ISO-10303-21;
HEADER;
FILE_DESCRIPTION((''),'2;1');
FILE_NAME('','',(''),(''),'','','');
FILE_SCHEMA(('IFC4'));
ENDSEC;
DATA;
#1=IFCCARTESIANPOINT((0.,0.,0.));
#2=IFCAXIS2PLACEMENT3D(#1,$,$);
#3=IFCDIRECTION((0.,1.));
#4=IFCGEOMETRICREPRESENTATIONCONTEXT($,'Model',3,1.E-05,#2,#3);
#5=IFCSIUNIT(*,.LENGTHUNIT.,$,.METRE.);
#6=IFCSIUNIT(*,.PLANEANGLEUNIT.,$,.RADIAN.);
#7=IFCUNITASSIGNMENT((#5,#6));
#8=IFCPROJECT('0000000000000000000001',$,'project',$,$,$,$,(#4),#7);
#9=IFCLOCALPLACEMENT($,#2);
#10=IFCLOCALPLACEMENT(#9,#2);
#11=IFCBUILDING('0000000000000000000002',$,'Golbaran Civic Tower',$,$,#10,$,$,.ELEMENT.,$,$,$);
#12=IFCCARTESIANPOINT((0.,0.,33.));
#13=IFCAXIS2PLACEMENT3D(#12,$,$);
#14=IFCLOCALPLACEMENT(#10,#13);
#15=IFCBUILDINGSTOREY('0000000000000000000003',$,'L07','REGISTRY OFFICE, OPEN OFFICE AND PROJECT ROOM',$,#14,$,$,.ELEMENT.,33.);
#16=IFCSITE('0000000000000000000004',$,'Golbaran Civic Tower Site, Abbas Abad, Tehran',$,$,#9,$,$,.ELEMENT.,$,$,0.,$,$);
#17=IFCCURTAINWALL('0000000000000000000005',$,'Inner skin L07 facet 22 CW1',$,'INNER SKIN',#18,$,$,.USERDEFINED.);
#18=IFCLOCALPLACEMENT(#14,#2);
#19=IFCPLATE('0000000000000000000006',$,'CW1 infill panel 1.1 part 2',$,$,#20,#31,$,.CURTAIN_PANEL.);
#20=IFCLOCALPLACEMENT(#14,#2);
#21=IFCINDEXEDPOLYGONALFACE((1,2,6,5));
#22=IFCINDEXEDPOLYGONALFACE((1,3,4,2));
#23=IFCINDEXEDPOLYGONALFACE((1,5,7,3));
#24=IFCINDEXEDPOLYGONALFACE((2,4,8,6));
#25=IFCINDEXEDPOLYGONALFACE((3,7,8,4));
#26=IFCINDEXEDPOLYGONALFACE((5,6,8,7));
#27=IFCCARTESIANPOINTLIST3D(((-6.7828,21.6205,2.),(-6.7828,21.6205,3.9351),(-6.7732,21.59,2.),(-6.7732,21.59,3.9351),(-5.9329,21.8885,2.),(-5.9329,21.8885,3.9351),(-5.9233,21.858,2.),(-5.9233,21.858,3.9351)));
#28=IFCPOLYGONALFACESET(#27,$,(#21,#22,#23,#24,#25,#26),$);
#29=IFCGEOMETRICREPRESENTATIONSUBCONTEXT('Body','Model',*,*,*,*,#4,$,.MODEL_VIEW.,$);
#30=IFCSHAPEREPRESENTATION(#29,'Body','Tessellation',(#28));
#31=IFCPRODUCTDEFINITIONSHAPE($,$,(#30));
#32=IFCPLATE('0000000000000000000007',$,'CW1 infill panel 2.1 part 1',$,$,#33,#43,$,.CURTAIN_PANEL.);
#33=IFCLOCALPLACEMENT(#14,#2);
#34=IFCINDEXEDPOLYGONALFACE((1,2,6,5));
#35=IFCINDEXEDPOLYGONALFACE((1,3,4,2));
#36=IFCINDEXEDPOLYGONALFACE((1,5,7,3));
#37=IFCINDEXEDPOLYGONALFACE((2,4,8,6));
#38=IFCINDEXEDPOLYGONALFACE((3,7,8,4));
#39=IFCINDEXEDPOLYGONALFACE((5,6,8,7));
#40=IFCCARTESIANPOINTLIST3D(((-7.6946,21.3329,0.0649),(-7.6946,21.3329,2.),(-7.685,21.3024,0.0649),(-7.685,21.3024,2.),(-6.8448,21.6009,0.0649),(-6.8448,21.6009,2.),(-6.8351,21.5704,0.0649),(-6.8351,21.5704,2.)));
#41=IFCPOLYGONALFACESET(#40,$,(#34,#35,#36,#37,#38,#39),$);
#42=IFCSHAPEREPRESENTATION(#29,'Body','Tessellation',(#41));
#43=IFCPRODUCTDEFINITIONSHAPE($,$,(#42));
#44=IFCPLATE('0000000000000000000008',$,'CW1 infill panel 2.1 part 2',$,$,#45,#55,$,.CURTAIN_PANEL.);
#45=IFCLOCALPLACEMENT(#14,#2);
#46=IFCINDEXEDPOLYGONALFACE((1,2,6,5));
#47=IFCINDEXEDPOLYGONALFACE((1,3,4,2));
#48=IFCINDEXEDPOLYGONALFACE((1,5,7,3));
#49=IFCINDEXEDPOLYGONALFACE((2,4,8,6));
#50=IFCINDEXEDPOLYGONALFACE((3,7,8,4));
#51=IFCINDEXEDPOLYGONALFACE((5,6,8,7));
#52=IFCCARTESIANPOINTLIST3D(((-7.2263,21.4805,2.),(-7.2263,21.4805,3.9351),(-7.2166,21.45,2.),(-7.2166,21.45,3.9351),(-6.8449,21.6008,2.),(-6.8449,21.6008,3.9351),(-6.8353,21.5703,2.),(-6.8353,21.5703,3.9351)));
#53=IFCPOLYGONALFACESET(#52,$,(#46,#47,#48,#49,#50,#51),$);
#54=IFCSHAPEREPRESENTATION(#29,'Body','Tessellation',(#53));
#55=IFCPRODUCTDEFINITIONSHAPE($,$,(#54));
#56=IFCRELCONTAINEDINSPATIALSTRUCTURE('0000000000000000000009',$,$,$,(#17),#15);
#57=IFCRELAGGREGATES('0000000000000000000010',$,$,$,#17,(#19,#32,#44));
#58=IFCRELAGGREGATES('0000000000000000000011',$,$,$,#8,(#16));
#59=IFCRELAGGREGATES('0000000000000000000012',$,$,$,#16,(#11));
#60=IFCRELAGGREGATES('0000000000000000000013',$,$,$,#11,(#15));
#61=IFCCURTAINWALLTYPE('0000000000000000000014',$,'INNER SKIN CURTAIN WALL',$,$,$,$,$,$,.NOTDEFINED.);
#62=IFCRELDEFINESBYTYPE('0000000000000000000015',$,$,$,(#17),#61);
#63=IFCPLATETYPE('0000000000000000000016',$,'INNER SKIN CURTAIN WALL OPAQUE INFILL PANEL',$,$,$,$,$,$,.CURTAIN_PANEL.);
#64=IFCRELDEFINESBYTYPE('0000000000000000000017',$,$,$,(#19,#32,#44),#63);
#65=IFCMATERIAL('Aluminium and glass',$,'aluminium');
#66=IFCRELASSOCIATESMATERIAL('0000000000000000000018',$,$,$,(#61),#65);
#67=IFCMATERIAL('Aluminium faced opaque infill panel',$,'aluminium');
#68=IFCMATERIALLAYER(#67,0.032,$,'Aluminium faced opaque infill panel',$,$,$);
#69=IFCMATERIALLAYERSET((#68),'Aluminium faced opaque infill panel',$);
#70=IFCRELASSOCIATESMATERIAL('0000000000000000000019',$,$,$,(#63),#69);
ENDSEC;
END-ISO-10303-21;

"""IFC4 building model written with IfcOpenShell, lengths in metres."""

from ifc_helpers import new_model, si_unit, direction, frame, origin, origin_2d, place, context, subcontext, project, spatial, rectangle, extrude, material, layer, layer_set, type_object, element, aggregate, save


model = new_model("IFC4")

# Units and contexts
model_context = context("Model", 3, precision=1e-05, world=origin(), true_north=direction((0.0, 1.0)))
body_context = subcontext(model_context, "Body", "Model", "MODEL_VIEW")
ifc_project = project(units=[si_unit("LENGTHUNIT", "METRE"), si_unit("PLANEANGLEUNIT", "RADIAN")], contexts=[model_context])

# Site, building, storey
site_placement = place(None, origin())
site = spatial("IfcSite", under=ifc_project, at=site_placement, Name="Golbaran Civic Tower Site, Abbas Abad, Tehran", CompositionType="ELEMENT", RefElevation=0.0)
building_placement = place(site_placement, origin())
building = spatial("IfcBuilding", under=site, at=building_placement, Name="Golbaran Civic Tower", CompositionType="ELEMENT")
storey_placement = place(building_placement, frame((0.0, 0.0, 33.0)))
storey = spatial("IfcBuildingStorey", under=building, at=storey_placement, Name="L07", Description="REGISTRY OFFICE, OPEN OFFICE AND PROJECT ROOM", CompositionType="ELEMENT", Elevation=33.0)

# Shared definitions
ifc_material_1 = material(Name="Aluminium and glass", Category="aluminium")
curtain_wall_type = type_object("IfcCurtainWallType", Name="INNER SKIN CURTAIN WALL", PredefinedType="NOTDEFINED", material=ifc_material_1)

# Curtain wall
curtain_wall_1_placement = place(storey_placement, origin())
curtain_wall_1 = element("IfcCurtainWall", 1, at=curtain_wall_1_placement, inside=storey, type_object=curtain_wall_type, Name="Inner skin L07 facet 22 CW1", ObjectType="INNER SKIN", PredefinedType="USERDEFINED")

# Plates
ifc_material_2 = material(Name="Aluminium faced opaque infill panel", Category="aluminium")
ifc_layer_1 = layer(ifc_material_2, 0.032, Name="Aluminium faced opaque infill panel")
ifc_layer_set_1 = layer_set([ifc_layer_1], Name="Aluminium faced opaque infill panel")
plate_type_1 = type_object("IfcPlateType", Name="INNER SKIN CURTAIN WALL OPAQUE INFILL PANEL", PredefinedType="CURTAIN_PANEL", material=ifc_layer_set_1)
plate_1_placement = place(storey_placement, frame((-6.353, 21.7393, 2.0), z_axis=(0.0, 0.0, 1.0), x_axis=(-0.953717, -0.300706, 0.0)))
plate_1 = element("IfcPlate", 2, at=plate_1_placement, type_object=plate_type_1, Name="CW1 infill panel 1.1 part 2", PredefinedType="CURTAIN_PANEL", context=body_context, shape_type="SweptSolid", body=[
    extrude(rectangle(XDim=0.8911, YDim=0.032, at=origin_2d()), origin(), (0.0, 0.0, 1.0), 1.9351),
])
plate_2_placement = place(storey_placement, frame((-7.2649, 21.4517, 0.0649), z_axis=(0.0, 0.0, 1.0), x_axis=(-0.953717, -0.300706, 0.0)))
plate_2 = element("IfcPlate", 3, at=plate_2_placement, type_object=plate_type_1, Name="CW1 infill panel 2.1 part 1", PredefinedType="CURTAIN_PANEL", context=body_context, shape_type="SweptSolid", body=[
    extrude(rectangle(XDim=0.8911, YDim=0.032, at=origin_2d()), origin(), (0.0, 0.0, 1.0), 1.9351),
])
plate_3_placement = place(storey_placement, frame((-7.0308, 21.5254, 2.0), z_axis=(0.0, 0.0, 1.0), x_axis=(-0.953717, -0.300706, 0.0)))
plate_3 = element("IfcPlate", 4, at=plate_3_placement, type_object=plate_type_1, Name="CW1 infill panel 2.1 part 2", PredefinedType="CURTAIN_PANEL", context=body_context, shape_type="SweptSolid", body=[
    extrude(rectangle(XDim=0.3999, YDim=0.032, at=origin_2d()), origin(), (0.0, 0.0, 1.0), 1.9351),
])
aggregate(curtain_wall_1, [plate_1, plate_2, plate_3])

save(model, "model.ifc")
